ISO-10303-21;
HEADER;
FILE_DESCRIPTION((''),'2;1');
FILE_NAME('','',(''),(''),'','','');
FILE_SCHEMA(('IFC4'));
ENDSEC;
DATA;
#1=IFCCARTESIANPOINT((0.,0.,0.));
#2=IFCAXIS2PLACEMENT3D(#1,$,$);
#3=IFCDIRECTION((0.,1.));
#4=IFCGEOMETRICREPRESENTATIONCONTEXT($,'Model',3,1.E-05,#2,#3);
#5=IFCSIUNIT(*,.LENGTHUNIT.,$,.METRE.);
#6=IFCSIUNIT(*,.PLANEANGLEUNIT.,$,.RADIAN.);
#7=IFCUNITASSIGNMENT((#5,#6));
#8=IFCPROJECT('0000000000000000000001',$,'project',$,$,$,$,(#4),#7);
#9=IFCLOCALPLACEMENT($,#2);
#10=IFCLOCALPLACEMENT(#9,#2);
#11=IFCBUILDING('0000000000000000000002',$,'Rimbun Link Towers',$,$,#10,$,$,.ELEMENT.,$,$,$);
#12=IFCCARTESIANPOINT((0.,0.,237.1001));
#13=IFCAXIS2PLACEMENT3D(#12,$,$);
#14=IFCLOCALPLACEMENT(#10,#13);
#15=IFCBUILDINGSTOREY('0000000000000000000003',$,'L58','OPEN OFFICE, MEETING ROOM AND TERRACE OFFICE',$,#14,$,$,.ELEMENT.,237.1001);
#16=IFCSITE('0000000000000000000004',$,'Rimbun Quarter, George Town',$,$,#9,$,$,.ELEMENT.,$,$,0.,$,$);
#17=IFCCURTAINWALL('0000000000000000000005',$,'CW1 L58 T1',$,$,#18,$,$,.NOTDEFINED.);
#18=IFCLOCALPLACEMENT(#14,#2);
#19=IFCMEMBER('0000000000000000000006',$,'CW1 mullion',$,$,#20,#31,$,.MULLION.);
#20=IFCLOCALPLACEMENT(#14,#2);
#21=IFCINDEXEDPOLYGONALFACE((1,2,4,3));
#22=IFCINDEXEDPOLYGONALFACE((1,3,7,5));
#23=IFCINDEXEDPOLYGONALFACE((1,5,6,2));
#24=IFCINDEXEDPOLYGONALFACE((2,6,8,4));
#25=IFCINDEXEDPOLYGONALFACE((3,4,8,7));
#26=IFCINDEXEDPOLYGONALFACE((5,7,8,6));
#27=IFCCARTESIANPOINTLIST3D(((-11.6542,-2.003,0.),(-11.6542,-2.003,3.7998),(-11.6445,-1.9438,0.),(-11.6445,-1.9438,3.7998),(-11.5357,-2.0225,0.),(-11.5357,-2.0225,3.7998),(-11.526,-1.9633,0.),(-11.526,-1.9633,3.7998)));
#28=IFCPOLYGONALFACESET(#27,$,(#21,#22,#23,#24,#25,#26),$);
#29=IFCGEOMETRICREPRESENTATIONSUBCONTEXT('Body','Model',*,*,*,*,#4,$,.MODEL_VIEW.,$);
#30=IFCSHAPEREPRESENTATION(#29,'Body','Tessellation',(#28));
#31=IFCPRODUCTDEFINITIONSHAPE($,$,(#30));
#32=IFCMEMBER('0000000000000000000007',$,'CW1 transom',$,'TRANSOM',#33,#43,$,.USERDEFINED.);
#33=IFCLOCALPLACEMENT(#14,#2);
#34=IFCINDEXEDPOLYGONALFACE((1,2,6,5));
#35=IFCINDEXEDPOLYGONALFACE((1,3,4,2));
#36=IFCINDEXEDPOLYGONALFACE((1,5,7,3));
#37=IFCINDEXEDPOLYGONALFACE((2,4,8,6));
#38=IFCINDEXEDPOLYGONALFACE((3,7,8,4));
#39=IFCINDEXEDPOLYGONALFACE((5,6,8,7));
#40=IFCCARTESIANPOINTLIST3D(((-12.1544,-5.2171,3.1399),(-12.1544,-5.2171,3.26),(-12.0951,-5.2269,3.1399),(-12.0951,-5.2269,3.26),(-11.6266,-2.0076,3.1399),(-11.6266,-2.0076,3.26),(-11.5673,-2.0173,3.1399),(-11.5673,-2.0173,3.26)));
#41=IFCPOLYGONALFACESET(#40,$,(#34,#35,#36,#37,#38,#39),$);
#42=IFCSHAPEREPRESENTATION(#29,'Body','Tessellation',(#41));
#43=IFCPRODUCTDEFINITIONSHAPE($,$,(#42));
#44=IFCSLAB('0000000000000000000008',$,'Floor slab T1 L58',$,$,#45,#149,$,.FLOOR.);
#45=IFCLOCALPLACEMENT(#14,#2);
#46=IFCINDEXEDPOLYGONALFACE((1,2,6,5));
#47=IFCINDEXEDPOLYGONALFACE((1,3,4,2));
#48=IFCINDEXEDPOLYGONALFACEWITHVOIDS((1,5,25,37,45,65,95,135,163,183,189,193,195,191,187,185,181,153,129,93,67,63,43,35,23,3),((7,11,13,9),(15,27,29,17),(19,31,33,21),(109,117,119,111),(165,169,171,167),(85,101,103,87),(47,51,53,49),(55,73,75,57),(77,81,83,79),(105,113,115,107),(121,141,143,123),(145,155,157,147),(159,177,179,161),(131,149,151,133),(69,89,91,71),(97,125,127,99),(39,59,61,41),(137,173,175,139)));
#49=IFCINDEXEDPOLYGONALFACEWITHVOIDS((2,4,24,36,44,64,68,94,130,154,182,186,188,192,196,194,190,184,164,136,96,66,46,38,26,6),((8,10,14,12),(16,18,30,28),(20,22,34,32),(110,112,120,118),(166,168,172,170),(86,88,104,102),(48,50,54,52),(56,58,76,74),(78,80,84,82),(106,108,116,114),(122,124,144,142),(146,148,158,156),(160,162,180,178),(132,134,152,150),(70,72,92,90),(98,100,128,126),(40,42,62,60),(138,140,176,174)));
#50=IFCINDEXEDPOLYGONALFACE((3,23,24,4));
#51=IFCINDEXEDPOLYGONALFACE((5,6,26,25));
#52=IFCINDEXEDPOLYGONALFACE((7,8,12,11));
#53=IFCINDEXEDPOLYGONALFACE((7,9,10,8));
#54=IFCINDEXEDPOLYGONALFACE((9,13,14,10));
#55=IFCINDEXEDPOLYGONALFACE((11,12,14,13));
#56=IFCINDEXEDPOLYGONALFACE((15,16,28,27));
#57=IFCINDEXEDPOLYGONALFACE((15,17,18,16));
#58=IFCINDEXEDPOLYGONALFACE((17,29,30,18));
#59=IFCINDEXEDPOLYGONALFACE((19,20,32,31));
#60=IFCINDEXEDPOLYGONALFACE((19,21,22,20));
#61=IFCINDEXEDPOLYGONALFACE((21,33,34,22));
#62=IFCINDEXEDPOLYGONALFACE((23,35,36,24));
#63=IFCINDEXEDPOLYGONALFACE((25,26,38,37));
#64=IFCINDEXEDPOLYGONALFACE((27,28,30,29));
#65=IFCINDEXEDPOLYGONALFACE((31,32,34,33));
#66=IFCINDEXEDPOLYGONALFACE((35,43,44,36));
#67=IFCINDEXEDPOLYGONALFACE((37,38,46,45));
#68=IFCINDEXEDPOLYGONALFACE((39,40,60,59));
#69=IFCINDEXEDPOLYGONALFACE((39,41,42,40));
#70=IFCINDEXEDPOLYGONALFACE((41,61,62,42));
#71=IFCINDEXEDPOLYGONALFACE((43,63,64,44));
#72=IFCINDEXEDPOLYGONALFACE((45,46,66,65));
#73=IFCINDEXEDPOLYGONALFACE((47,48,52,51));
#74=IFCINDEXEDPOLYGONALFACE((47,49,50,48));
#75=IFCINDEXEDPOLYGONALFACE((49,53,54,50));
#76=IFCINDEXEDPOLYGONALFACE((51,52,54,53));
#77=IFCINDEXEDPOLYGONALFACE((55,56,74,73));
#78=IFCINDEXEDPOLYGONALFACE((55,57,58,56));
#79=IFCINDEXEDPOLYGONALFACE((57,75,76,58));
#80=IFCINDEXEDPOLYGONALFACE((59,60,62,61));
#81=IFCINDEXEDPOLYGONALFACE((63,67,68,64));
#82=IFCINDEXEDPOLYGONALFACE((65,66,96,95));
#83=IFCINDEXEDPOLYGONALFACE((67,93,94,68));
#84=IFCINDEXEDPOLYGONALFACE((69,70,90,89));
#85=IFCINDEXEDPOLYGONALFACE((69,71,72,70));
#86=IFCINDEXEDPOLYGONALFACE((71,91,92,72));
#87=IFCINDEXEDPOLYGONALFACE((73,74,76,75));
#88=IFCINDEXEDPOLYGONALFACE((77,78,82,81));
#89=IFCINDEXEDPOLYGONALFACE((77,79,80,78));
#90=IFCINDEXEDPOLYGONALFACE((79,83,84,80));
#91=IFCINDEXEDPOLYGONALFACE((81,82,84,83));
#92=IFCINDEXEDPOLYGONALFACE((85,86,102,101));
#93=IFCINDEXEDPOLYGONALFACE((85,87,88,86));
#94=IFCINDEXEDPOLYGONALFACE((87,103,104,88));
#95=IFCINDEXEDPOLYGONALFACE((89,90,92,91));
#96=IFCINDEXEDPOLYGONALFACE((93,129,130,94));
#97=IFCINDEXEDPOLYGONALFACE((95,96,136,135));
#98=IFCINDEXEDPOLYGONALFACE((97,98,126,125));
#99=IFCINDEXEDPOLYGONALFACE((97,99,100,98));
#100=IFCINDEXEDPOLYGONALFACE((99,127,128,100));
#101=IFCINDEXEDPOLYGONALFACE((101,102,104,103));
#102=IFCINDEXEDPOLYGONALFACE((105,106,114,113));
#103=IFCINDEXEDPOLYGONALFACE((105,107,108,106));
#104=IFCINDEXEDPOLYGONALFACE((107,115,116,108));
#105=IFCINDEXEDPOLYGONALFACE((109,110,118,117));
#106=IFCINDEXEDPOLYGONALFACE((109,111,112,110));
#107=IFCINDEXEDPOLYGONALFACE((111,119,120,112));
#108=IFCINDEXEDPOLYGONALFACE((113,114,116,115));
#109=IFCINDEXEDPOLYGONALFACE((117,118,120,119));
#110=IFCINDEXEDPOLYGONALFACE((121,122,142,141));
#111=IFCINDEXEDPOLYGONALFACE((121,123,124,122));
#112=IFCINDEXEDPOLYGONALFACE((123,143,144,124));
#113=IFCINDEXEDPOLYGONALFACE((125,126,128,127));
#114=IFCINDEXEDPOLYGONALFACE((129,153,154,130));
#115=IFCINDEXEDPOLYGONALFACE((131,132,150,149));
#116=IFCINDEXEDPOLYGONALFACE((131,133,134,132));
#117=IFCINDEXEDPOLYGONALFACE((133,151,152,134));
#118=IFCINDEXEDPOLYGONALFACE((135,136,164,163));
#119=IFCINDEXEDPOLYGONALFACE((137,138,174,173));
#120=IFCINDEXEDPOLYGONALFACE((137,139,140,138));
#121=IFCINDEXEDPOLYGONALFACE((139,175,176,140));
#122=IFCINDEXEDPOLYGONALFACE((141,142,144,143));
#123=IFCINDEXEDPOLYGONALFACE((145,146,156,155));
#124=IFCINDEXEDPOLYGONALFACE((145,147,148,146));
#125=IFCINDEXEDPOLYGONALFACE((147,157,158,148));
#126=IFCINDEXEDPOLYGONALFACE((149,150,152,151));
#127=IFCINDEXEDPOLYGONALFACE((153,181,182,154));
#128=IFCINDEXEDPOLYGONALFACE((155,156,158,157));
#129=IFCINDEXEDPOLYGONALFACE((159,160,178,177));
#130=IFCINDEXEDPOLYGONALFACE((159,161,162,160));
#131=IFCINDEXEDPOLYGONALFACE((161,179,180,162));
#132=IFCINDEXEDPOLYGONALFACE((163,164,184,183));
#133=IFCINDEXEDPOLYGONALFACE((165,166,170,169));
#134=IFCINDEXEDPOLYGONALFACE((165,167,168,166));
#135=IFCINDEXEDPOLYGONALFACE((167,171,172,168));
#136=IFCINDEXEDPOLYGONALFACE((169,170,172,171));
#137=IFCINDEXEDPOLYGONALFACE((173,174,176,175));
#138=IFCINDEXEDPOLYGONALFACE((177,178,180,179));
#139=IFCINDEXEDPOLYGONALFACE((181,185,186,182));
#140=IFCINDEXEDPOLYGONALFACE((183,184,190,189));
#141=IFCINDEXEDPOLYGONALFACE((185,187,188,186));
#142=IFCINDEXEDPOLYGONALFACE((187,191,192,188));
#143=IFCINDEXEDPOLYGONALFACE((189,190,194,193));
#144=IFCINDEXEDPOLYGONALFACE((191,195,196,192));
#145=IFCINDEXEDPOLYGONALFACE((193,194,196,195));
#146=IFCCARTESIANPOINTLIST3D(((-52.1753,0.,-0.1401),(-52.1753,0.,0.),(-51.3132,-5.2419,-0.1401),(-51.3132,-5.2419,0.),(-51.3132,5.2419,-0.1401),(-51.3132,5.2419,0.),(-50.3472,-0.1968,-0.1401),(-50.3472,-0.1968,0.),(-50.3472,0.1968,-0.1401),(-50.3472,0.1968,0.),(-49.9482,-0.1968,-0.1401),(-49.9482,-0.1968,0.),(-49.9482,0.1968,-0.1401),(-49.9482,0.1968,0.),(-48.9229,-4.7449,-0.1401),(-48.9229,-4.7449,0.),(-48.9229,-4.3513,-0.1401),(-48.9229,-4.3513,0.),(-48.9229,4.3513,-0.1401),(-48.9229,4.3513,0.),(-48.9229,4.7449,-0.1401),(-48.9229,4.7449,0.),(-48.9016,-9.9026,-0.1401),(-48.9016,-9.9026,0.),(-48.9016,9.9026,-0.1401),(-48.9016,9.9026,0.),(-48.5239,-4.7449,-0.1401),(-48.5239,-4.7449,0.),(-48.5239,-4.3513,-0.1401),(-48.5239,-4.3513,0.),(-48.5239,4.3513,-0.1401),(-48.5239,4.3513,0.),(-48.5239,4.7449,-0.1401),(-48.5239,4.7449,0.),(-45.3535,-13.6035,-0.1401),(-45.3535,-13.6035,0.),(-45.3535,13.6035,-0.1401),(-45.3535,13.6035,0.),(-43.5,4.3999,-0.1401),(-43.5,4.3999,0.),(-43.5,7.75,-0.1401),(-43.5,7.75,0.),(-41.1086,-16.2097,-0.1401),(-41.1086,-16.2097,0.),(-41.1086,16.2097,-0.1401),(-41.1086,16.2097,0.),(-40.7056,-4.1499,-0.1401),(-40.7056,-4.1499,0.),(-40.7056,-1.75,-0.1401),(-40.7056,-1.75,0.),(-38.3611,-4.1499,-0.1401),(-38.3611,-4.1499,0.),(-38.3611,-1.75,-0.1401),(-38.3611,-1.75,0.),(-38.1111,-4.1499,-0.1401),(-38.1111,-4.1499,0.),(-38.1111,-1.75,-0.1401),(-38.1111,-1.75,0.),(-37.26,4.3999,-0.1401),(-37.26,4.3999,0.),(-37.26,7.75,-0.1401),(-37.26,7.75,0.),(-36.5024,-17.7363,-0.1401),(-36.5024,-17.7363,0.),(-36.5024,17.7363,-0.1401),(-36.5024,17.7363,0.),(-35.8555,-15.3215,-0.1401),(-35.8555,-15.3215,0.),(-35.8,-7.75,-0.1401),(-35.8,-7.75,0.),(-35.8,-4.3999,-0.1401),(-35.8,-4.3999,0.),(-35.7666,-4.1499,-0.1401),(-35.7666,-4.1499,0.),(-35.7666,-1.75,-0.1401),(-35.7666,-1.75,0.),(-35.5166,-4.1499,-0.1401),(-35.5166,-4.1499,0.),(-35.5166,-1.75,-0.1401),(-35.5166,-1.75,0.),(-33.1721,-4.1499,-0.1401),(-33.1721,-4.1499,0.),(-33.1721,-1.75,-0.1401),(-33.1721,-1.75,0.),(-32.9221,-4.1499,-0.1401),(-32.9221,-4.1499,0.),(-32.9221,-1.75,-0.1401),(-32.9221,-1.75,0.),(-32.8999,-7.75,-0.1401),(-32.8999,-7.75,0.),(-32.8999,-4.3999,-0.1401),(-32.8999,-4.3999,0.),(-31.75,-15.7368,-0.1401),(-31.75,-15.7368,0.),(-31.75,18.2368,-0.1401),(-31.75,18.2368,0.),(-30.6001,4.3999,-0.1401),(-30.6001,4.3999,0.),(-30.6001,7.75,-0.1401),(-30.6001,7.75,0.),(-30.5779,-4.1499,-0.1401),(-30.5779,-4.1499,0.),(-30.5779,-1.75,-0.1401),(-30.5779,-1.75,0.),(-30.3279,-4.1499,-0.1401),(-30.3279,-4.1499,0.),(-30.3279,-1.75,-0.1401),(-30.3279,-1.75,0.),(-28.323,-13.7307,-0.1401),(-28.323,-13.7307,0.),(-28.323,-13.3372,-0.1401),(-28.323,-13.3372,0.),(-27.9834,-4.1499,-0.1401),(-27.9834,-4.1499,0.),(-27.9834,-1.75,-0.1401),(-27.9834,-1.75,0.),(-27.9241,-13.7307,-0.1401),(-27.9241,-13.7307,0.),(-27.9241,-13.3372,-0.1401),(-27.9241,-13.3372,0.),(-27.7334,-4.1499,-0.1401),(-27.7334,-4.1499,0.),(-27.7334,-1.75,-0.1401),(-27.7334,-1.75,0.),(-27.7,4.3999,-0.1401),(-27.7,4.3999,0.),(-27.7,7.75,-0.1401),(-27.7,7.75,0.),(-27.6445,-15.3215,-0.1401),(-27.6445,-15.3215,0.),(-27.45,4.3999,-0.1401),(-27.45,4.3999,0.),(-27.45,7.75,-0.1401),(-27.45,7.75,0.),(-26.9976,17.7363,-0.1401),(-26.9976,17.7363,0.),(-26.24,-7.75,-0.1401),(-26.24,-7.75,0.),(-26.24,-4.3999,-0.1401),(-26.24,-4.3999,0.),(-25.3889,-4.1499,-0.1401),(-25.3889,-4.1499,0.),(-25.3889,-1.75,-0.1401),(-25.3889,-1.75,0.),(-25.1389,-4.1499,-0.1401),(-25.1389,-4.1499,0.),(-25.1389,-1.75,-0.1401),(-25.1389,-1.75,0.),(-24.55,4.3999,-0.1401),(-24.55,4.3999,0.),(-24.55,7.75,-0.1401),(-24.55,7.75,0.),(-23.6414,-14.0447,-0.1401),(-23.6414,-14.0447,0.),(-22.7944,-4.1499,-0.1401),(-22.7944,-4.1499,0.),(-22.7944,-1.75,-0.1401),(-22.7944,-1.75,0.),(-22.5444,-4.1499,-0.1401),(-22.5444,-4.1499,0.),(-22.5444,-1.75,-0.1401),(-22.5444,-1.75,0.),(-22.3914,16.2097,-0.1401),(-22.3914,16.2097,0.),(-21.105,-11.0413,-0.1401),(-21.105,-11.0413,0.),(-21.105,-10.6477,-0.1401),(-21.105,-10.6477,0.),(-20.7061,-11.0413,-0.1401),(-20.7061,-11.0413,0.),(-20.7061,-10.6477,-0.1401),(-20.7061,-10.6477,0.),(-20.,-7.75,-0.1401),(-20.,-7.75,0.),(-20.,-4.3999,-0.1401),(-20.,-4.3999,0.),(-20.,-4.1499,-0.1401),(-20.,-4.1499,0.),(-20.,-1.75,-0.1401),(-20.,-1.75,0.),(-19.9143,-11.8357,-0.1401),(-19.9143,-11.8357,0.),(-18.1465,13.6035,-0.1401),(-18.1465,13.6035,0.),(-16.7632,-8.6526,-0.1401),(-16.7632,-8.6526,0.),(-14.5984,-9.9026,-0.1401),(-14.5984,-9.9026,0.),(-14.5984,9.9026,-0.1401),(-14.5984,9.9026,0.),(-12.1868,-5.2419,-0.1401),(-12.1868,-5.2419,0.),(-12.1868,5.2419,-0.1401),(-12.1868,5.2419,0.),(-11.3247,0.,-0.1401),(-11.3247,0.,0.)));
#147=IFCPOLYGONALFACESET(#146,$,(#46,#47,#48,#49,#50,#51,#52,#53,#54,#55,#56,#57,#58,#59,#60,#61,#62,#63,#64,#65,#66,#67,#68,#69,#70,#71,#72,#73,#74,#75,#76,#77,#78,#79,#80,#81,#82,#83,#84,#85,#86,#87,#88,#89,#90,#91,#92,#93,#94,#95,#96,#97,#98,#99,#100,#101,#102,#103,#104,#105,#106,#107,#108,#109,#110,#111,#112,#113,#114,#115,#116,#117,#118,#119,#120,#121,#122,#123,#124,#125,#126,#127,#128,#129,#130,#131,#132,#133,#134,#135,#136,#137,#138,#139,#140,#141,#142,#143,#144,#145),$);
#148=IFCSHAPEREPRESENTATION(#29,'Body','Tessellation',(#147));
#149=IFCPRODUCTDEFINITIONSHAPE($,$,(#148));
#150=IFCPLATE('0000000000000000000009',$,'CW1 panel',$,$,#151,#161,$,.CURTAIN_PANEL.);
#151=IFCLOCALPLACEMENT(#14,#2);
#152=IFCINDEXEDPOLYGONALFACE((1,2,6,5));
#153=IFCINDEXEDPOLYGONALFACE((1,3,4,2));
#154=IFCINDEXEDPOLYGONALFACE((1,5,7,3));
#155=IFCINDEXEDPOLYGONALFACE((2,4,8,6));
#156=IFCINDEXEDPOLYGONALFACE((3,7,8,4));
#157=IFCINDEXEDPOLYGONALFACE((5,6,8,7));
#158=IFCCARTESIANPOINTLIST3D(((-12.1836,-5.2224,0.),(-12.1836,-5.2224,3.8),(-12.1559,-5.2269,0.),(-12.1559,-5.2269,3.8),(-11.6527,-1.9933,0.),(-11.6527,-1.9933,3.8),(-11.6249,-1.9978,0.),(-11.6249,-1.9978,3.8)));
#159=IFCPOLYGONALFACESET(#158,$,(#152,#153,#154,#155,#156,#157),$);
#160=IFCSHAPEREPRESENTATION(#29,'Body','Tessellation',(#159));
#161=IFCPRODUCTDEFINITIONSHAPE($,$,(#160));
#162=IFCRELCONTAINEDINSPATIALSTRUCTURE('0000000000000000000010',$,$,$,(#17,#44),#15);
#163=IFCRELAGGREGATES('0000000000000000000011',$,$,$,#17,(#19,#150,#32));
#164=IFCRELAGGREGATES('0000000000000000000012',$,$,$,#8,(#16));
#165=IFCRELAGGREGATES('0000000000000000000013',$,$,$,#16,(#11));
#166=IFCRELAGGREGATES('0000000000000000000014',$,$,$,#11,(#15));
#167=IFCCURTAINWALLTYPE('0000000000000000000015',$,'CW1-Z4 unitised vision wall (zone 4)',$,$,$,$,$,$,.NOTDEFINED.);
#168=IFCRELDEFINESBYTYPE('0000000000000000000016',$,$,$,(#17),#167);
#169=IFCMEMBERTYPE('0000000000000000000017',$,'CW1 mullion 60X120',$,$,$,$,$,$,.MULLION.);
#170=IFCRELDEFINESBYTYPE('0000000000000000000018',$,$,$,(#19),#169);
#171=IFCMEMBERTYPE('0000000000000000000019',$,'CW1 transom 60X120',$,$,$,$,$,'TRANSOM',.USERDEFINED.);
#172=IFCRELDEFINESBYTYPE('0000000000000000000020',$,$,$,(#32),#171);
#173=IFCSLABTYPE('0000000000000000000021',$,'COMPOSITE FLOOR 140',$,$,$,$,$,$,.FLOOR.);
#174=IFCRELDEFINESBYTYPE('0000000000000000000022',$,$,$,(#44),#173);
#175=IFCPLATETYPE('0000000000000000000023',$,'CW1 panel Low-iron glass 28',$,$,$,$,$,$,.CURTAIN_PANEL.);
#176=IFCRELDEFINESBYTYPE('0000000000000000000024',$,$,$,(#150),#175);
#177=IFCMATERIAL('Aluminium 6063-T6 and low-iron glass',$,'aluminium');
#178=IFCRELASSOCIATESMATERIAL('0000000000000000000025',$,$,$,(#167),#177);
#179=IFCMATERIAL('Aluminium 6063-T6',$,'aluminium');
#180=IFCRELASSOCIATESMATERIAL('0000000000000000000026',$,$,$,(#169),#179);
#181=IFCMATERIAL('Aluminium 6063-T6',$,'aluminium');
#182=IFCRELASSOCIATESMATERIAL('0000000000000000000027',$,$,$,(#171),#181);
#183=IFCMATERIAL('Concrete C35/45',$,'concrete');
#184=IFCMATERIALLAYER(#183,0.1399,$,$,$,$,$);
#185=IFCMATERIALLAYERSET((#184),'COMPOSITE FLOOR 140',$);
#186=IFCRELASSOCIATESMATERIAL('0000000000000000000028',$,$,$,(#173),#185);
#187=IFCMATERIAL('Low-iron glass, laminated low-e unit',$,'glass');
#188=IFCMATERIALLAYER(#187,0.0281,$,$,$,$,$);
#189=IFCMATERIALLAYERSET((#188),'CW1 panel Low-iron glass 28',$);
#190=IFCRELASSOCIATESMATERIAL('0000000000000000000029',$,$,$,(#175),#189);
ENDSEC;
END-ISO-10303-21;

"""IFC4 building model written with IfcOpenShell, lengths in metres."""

from ifc_helpers import new_model, si_unit, direction, frame, origin, origin_2d, place, context, subcontext, project, spatial, polyline, rectangle, outline, extrude, material, layer, layer_set, material_profile, profile_set, type_object, element, aggregate, save


model = new_model("IFC4")

# Units and contexts
model_context = context("Model", 3, precision=1e-05, world=origin(), true_north=direction((0.0, 1.0)))
body_context = subcontext(model_context, "Body", "Model", "MODEL_VIEW")
ifc_project = project(units=[si_unit("LENGTHUNIT", "METRE"), si_unit("PLANEANGLEUNIT", "RADIAN")], contexts=[model_context])

# Site, building, storey
site_placement = place(None, origin())
site = spatial("IfcSite", under=ifc_project, at=site_placement, Name="Rimbun Quarter, George Town", CompositionType="ELEMENT", RefElevation=0.0)
building_placement = place(site_placement, origin())
building = spatial("IfcBuilding", under=site, at=building_placement, Name="Rimbun Link Towers", CompositionType="ELEMENT")
storey_placement = place(building_placement, frame((0.0, 0.0, 237.1001)))
storey = spatial("IfcBuildingStorey", under=building, at=storey_placement, Name="L58", Description="OPEN OFFICE, MEETING ROOM AND TERRACE OFFICE", CompositionType="ELEMENT", Elevation=237.1001)

# Curtain wall, members
ifc_material_1 = material(Name="Aluminium 6063-T6 and low-iron glass", Category="aluminium")
curtain_wall_type = type_object("IfcCurtainWallType", Name="CW1-Z4 unitised vision wall (zone 4)", PredefinedType="NOTDEFINED", material=ifc_material_1)
curtain_wall_placement = place(storey_placement, origin())
curtain_wall = element("IfcCurtainWall", 1, at=curtain_wall_placement, inside=storey, type_object=curtain_wall_type, Name="CW1 L58 T1", PredefinedType="NOTDEFINED")
ifc_material_2 = material(Name="Aluminium 6063-T6", Category="aluminium")
ifc_material_profile_1 = material_profile(ifc_material_2, rectangle(XDim=0.1201, YDim=0.0601, at=origin_2d()), Name="MULLION 60X120")
ifc_profile_set_1 = profile_set([ifc_material_profile_1], Name="Aluminium 6063-T6")
member_type_1 = type_object("IfcMemberType", Name="CW1 mullion 60X120", PredefinedType="MULLION", material=ifc_profile_set_1)
member_1_placement = place(storey_placement, frame((-11.5901, -1.9832, 0.0), z_axis=(0.0, 0.0, 1.0), x_axis=(0.986748, -0.162262, 0.0)))
member_1 = element("IfcMember", 2, at=member_1_placement, type_object=member_type_1, Name="CW1 mullion", PredefinedType="MULLION", context=body_context, shape_type="SweptSolid", body=[
    extrude(rectangle(XDim=0.1201, YDim=0.0601, at=origin_2d()), origin(), (0.0, 0.0, 1.0), 3.7998),
])
ifc_material_3 = material(Name="Aluminium 6063-T6", Category="aluminium")
ifc_material_profile_2 = material_profile(ifc_material_3, rectangle(XDim=0.0601, YDim=0.1201, at=origin_2d()), Name="TRANSOM 60X120")
ifc_profile_set_2 = profile_set([ifc_material_profile_2], Name="Aluminium 6063-T6")
member_type_2 = type_object("IfcMemberType", Name="CW1 transom 60X120", ElementType="TRANSOM", PredefinedType="USERDEFINED", material=ifc_profile_set_2)
member_2_placement = place(storey_placement, frame((-11.5969, -2.0125, 3.2), z_axis=(-0.162281, -0.986745, 0.0), x_axis=(0.986745, -0.162281, 0.0)))
member_2 = element("IfcMember", 3, at=member_2_placement, type_object=member_type_2, Name="CW1 transom", ObjectType="TRANSOM", PredefinedType="USERDEFINED", context=body_context, shape_type="SweptSolid", body=[
    extrude(rectangle(XDim=0.0601, YDim=0.1201, at=origin_2d()), origin(), (0.0, 0.0, 1.0), 3.2527),
])

# Slab
ifc_material_4 = material(Name="Concrete C35/45", Category="concrete")
ifc_layer_1 = layer(ifc_material_4, 0.1399)
ifc_layer_set_1 = layer_set([ifc_layer_1], Name="COMPOSITE FLOOR 140")
slab_type = type_object("IfcSlabType", Name="COMPOSITE FLOOR 140", PredefinedType="FLOOR", material=ifc_layer_set_1)
slab_placement = place(storey_placement, frame((0.0, 0.0, -0.1401)))
element("IfcSlab", 4, at=slab_placement, inside=storey, type_object=slab_type, Name="Floor slab T1 L58", PredefinedType="FLOOR", context=body_context, shape_type="SweptSolid", body=[
    extrude(outline(polyline([(-41.1086, -16.2097), (-45.3535, -13.6035), (-48.9016, -9.9026), (-51.3132, -5.2419), (-52.1753, 0.0), (-51.3132, 5.2419), (-48.9016, 9.9026), (-45.3535, 13.6035), (-41.1086, 16.2097), (-36.5024, 17.7363), (-31.75, 18.2368), (-26.9976, 17.7363), (-22.3914, 16.2097), (-18.1465, 13.6035), (-14.5984, 9.9026), (-12.1868, 5.2419), (-11.3247, 0.0), (-12.1868, -5.2419), (-14.5984, -9.9026), (-16.7632, -8.6526), (-19.9143, -11.8357), (-23.6414, -14.0447), (-27.6445, -15.3215), (-31.75, -15.7368), (-35.8555, -15.3215), (-36.5024, -17.7363), (-41.1086, -16.2097)]), holes=[polyline([(-32.8999, -7.75), (-32.8999, -4.3999), (-35.8, -4.3999), (-35.8, -7.75), (-32.8999, -7.75)]), polyline([(-48.5239, -4.7449), (-48.5239, -4.3513), (-48.9229, -4.3513), (-48.9229, -4.7449), (-48.5239, -4.7449)]), polyline([(-38.3611, -4.1499), (-38.3611, -1.75), (-40.7056, -1.75), (-40.7056, -4.1499), (-38.3611, -4.1499)]), polyline([(-35.7666, -4.1499), (-35.7666, -1.75), (-38.1111, -1.75), (-38.1111, -4.1499), (-35.7666, -4.1499)]), polyline([(-33.1721, -4.1499), (-33.1721, -1.75), (-35.5166, -1.75), (-35.5166, -4.1499), (-33.1721, -4.1499)]), polyline([(-30.5779, -4.1499), (-30.5779, -1.75), (-32.9221, -1.75), (-32.9221, -4.1499), (-30.5779, -4.1499)]), polyline([(-49.9482, -0.1968), (-49.9482, 0.1968), (-50.3472, 0.1968), (-50.3472, -0.1968), (-49.9482, -0.1968)]), polyline([(-48.9229, 4.3513), (-48.5239, 4.3513), (-48.5239, 4.7449), (-48.9229, 4.7449), (-48.9229, 4.3513)]), polyline([(-43.5, 4.3999), (-37.26, 4.3999), (-37.26, 7.75), (-43.5, 7.75), (-43.5, 4.3999)]), polyline([(-27.9241, -13.7307), (-27.9241, -13.3372), (-28.323, -13.3372), (-28.323, -13.7307), (-27.9241, -13.7307)]), polyline([(-20.7061, -11.0413), (-20.7061, -10.6477), (-21.105, -10.6477), (-21.105, -11.0413), (-20.7061, -11.0413)]), polyline([(-20.0, -7.75), (-20.0, -4.3999), (-26.24, -4.3999), (-26.24, -7.75), (-20.0, -7.75)]), polyline([(-27.9834, -4.1499), (-27.9834, -1.75), (-30.3279, -1.75), (-30.3279, -4.1499), (-27.9834, -4.1499)]), polyline([(-25.3889, -4.1499), (-25.3889, -1.75), (-27.7334, -1.75), (-27.7334, -4.1499), (-25.3889, -4.1499)]), polyline([(-22.7944, -4.1499), (-22.7944, -1.75), (-25.1389, -1.75), (-25.1389, -4.1499), (-22.7944, -4.1499)]), polyline([(-20.0, -4.1499), (-20.0, -1.75), (-22.5444, -1.75), (-22.5444, -4.1499), (-20.0, -4.1499)]), polyline([(-30.6001, 4.3999), (-27.7, 4.3999), (-27.7, 7.75), (-30.6001, 7.75), (-30.6001, 4.3999)]), polyline([(-27.45, 4.3999), (-24.55, 4.3999), (-24.55, 7.75), (-27.45, 7.75), (-27.45, 4.3999)])]), origin(), (0.0, 0.0, 1.0), 0.1401),
])

# Plate
ifc_material_5 = material(Name="Low-iron glass, laminated low-e unit", Category="glass")
ifc_layer_2 = layer(ifc_material_5, 0.0281)
ifc_layer_set_2 = layer_set([ifc_layer_2], Name="CW1 panel Low-iron glass 28")
plate_type = type_object("IfcPlateType", Name="CW1 panel Low-iron glass 28", PredefinedType="CURTAIN_PANEL", material=ifc_layer_set_2)
plate_placement = place(storey_placement, frame((-11.9043, -3.6101, 0.0), z_axis=(0.0, 0.0, 1.0), x_axis=(-0.162262, -0.986748, 0.0)))
plate = element("IfcPlate", 5, at=plate_placement, type_object=plate_type, Name="CW1 panel", PredefinedType="CURTAIN_PANEL", context=body_context, shape_type="SweptSolid", body=[
    extrude(rectangle(XDim=3.2725, YDim=0.0281, at=origin_2d()), origin(), (0.0, 0.0, 1.0), 3.8),
])
aggregate(curtain_wall, [member_1, plate, member_2])

save(model, "model.ifc")
